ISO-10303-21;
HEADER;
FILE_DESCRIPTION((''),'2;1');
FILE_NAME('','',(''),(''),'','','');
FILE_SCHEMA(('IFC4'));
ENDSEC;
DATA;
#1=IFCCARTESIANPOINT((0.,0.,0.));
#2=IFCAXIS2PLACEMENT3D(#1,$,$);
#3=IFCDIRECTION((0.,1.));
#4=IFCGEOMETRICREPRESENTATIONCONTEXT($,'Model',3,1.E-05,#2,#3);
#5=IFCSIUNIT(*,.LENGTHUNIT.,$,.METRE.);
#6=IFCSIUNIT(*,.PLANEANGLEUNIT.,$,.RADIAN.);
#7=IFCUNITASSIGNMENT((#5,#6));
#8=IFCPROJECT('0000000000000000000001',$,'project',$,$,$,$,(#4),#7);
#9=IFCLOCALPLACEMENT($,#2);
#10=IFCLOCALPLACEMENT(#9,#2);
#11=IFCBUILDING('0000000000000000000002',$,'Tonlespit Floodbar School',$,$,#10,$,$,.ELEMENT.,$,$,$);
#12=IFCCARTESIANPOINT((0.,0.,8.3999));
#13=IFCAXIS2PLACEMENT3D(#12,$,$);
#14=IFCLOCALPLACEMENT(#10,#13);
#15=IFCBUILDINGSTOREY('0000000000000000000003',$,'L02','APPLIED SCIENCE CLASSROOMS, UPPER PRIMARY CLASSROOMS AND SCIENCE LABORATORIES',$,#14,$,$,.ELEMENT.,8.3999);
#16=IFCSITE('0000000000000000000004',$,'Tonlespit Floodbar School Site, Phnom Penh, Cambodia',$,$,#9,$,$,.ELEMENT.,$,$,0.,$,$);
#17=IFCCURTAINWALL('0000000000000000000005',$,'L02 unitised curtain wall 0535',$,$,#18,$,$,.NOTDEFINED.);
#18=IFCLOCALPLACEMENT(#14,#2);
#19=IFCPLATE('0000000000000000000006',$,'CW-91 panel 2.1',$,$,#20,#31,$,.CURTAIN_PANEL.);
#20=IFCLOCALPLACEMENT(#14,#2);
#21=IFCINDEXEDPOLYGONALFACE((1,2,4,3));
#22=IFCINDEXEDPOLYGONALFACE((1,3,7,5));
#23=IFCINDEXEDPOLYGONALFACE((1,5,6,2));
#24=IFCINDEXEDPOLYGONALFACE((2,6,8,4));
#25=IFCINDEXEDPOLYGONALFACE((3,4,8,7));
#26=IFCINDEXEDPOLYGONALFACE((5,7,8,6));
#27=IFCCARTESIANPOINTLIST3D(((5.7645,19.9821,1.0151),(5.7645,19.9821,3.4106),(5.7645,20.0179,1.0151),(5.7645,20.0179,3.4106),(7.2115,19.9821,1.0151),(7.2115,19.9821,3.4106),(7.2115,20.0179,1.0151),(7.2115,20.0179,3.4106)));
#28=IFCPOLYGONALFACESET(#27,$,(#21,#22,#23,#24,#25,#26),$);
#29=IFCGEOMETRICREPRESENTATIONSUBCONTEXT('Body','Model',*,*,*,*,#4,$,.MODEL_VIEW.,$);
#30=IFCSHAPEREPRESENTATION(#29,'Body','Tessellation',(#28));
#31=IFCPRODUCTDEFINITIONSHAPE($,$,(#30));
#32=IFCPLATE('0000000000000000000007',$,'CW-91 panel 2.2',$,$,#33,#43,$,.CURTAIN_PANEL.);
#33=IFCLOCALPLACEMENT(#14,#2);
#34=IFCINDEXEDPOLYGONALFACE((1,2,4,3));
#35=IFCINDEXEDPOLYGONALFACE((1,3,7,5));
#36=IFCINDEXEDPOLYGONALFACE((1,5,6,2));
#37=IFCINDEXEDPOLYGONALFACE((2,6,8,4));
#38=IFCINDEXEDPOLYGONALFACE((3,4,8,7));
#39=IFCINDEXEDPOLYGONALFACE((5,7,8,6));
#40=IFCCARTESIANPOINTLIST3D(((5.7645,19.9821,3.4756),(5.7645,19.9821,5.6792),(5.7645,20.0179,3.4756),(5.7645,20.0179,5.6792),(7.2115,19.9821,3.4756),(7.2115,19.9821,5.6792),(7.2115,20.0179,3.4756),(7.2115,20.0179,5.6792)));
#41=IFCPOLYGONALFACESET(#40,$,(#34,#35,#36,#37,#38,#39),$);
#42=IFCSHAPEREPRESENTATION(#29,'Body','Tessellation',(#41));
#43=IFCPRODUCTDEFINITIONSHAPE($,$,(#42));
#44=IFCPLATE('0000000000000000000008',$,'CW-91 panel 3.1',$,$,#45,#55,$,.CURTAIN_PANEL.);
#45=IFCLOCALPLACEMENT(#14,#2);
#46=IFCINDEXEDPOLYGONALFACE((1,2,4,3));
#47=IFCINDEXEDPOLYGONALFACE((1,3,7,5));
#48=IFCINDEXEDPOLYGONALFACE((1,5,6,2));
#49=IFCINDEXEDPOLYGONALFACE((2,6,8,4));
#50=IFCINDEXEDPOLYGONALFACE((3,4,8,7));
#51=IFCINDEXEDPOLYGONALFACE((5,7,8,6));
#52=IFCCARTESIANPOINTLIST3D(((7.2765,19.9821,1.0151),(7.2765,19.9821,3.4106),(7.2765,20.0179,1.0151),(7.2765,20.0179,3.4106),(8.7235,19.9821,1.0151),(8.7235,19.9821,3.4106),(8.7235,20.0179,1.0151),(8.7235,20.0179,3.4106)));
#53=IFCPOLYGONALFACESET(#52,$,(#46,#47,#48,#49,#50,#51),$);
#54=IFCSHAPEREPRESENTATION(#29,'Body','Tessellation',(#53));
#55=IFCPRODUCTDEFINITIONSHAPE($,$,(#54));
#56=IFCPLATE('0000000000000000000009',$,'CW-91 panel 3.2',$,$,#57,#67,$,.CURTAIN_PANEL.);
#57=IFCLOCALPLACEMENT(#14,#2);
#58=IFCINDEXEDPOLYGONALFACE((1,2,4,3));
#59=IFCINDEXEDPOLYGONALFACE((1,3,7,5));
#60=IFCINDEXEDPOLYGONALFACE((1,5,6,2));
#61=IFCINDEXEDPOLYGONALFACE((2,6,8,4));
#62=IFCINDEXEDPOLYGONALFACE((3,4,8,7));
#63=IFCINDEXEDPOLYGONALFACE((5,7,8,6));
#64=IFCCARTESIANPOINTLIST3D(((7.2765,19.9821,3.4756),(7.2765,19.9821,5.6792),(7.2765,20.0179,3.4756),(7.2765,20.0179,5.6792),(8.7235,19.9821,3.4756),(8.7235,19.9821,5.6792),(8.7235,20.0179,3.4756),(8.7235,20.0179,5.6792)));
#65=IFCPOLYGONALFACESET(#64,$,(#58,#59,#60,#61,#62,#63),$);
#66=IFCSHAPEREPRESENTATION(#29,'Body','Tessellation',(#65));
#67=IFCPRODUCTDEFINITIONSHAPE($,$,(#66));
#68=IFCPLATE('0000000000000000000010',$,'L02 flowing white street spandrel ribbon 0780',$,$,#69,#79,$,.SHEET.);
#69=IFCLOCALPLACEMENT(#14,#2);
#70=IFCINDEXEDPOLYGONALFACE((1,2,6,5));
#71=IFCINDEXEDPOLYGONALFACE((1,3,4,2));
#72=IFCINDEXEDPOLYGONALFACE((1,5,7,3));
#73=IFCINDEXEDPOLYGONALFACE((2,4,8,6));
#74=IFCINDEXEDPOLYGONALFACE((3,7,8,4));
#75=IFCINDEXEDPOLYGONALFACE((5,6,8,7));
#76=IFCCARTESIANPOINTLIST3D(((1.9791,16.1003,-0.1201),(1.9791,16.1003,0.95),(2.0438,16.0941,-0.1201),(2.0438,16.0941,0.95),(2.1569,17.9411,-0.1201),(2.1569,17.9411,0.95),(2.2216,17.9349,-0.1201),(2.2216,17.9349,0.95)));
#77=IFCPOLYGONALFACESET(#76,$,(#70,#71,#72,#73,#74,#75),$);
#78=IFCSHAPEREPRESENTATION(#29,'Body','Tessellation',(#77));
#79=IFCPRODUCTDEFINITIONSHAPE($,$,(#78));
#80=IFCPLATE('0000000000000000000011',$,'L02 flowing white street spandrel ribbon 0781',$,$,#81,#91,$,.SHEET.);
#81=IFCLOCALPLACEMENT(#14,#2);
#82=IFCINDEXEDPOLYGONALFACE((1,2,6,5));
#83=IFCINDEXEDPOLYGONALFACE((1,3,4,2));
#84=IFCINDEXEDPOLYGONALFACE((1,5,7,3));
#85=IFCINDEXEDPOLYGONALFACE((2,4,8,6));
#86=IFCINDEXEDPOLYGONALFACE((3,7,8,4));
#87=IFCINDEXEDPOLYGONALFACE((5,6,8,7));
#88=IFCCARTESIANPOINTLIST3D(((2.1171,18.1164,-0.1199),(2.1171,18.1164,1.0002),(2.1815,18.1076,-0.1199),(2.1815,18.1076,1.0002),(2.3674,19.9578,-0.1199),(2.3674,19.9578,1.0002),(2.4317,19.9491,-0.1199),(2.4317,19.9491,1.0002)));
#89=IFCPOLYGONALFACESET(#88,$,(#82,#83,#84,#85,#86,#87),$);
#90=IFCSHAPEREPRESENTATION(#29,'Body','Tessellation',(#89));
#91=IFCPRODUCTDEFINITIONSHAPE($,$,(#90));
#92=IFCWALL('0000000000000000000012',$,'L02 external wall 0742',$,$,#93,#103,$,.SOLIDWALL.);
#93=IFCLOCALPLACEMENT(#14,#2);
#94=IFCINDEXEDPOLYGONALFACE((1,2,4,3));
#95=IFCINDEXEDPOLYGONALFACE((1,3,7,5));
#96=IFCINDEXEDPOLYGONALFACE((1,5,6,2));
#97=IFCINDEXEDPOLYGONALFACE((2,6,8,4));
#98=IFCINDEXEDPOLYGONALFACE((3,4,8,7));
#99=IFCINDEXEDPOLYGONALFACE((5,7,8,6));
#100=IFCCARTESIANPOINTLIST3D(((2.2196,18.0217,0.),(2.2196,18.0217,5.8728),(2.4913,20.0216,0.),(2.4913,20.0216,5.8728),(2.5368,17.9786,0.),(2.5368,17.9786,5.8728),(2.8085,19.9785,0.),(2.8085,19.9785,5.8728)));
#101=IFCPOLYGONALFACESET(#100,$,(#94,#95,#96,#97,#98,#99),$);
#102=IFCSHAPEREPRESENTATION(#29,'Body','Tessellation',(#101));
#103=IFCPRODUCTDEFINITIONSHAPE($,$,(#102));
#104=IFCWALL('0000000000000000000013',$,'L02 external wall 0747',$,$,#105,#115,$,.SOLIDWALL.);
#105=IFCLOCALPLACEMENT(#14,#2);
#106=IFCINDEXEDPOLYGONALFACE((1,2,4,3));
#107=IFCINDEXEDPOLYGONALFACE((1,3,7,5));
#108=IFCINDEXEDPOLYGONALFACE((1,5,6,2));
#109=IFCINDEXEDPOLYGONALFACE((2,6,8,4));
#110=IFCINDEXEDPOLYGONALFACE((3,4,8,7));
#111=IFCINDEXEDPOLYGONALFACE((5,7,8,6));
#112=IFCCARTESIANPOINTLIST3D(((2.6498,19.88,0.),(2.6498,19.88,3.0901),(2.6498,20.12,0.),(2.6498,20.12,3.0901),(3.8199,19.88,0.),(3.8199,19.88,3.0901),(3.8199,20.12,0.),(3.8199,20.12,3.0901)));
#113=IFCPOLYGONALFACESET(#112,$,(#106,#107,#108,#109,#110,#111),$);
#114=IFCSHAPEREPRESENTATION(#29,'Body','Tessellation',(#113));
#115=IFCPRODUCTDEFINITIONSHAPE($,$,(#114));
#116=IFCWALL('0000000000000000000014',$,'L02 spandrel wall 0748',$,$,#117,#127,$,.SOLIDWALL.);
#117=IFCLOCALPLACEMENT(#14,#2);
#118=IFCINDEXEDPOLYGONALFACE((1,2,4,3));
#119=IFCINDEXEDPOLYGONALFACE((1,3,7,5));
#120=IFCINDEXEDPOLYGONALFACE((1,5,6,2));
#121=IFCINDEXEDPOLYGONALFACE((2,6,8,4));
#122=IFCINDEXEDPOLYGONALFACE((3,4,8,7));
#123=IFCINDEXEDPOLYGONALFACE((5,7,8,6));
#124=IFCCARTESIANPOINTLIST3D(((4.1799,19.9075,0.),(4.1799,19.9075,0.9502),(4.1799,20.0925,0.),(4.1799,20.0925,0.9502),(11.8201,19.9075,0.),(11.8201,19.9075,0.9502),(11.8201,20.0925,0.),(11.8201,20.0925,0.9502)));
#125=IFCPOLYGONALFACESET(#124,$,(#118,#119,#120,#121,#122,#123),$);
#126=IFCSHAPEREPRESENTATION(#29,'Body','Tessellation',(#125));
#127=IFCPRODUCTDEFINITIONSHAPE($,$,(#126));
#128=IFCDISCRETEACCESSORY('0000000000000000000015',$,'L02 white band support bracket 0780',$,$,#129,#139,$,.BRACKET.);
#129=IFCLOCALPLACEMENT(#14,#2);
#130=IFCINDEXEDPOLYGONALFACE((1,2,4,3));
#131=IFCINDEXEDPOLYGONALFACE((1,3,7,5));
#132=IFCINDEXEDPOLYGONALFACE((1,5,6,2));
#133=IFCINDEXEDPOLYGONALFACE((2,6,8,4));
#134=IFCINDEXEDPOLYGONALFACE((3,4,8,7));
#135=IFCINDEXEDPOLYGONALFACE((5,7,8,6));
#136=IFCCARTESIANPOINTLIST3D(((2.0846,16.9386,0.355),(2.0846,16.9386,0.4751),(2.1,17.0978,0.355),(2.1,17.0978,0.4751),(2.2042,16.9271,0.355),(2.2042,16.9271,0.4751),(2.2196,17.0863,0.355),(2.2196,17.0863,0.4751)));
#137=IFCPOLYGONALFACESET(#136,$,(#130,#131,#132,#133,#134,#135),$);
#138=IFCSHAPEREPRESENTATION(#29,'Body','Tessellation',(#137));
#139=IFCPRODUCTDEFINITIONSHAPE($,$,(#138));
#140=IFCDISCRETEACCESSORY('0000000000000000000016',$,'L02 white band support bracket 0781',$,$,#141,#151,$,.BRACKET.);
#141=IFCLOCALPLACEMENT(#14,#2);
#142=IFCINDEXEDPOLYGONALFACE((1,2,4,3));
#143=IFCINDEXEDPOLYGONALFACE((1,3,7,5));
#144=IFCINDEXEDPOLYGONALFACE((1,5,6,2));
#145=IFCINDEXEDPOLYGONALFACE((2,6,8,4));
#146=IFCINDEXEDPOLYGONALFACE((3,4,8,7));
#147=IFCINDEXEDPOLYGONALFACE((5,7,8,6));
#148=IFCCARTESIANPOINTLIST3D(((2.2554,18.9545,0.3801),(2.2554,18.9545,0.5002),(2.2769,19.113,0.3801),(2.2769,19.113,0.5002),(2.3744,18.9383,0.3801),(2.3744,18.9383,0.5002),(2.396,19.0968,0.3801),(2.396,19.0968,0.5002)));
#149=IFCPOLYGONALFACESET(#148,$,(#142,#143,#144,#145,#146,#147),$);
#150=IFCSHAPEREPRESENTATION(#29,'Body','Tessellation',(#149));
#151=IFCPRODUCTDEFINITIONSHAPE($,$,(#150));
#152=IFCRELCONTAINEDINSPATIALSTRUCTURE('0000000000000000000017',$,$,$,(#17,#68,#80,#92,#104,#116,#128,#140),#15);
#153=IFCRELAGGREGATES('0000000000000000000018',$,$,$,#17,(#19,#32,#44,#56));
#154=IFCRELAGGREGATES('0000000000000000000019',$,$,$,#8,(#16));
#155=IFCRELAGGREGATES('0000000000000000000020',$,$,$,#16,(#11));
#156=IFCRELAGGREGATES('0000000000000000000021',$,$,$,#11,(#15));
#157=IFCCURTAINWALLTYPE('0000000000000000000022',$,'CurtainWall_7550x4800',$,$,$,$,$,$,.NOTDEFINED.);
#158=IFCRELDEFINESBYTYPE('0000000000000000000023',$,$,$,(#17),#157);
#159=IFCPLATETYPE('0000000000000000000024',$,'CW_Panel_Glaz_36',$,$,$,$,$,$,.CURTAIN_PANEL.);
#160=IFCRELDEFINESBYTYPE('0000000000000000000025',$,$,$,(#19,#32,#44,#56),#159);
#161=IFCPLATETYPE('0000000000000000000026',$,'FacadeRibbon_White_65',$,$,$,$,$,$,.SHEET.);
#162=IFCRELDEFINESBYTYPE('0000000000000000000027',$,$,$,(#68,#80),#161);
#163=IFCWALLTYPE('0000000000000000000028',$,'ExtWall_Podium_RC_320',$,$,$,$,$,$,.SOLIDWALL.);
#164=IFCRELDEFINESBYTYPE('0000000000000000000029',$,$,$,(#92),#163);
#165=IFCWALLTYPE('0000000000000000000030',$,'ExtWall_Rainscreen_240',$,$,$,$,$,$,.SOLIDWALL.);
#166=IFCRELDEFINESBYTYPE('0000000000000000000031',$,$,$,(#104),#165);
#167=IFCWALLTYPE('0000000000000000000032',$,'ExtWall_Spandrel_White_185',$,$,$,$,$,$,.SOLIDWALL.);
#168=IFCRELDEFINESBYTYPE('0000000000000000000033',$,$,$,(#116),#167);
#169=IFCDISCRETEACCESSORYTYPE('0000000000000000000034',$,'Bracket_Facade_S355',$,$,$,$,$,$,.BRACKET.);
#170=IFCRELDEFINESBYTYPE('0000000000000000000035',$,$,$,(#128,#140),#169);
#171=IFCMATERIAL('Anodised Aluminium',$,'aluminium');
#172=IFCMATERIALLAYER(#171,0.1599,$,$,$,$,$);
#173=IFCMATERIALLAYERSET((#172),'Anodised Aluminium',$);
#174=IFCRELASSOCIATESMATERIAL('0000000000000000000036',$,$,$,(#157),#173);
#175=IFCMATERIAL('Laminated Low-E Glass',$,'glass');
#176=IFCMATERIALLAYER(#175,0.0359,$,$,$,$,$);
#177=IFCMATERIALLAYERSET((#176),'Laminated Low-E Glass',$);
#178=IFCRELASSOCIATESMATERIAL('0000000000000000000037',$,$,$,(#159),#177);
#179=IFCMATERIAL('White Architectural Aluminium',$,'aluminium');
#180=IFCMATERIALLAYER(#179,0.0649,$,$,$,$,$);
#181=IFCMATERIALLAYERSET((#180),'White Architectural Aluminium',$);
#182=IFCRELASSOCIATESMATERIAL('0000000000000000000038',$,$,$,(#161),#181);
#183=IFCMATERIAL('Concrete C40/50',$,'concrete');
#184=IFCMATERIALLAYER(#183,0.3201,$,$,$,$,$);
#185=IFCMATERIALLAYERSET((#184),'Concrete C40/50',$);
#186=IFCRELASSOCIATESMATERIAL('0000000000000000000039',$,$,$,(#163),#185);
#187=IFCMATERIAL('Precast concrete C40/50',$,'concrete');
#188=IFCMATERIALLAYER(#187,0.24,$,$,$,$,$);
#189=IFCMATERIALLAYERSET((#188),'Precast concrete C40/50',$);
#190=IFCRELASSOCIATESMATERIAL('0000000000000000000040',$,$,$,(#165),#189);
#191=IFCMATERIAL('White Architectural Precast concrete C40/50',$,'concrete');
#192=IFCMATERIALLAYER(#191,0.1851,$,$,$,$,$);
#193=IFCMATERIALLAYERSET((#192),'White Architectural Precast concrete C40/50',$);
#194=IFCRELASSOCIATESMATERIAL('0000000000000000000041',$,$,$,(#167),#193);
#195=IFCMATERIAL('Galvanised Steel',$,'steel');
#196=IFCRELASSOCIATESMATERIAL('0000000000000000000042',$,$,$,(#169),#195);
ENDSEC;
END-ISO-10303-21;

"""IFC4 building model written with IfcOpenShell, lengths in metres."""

from ifc_helpers import new_model, si_unit, direction, frame, frame_2d, origin, origin_2d, place, context, subcontext, project, spatial, rectangle, extrude, material, layer, layer_set, type_object, element, aggregate, save


model = new_model("IFC4")

# Units and contexts
model_context = context("Model", 3, precision=1e-05, world=origin(), true_north=direction((0.0, 1.0)))
body_context = subcontext(model_context, "Body", "Model", "MODEL_VIEW")
ifc_project = project(units=[si_unit("LENGTHUNIT", "METRE"), si_unit("PLANEANGLEUNIT", "RADIAN")], contexts=[model_context])

# Site, building, storey
site_placement = place(None, origin())
site = spatial("IfcSite", under=ifc_project, at=site_placement, Name="Tonlespit Floodbar School Site, Phnom Penh, Cambodia", CompositionType="ELEMENT", RefElevation=0.0)
building_placement = place(site_placement, origin())
building = spatial("IfcBuilding", under=site, at=building_placement, Name="Tonlespit Floodbar School", CompositionType="ELEMENT")
storey_placement = place(building_placement, frame((0.0, 0.0, 8.3999)))
storey = spatial("IfcBuildingStorey", under=building, at=storey_placement, Name="L02", Description="APPLIED SCIENCE CLASSROOMS, UPPER PRIMARY CLASSROOMS AND SCIENCE LABORATORIES", CompositionType="ELEMENT", Elevation=8.3999)

# Curtain wall
ifc_material_1 = material(Name="Anodised Aluminium", Category="aluminium")
ifc_layer_1 = layer(ifc_material_1, 0.1599)
ifc_layer_set_1 = layer_set([ifc_layer_1], Name="Anodised Aluminium")
curtain_wall_type_1 = type_object("IfcCurtainWallType", Name="CurtainWall_7550x4800", PredefinedType="NOTDEFINED", material=ifc_layer_set_1)
curtain_wall_1_placement = place(storey_placement, origin())
curtain_wall_1 = element("IfcCurtainWall", 1, at=curtain_wall_1_placement, inside=storey, type_object=curtain_wall_type_1, Name="L02 unitised curtain wall 0535", PredefinedType="NOTDEFINED")

# Plates
ifc_material_2 = material(Name="Laminated Low-E Glass", Category="glass")
ifc_layer_2 = layer(ifc_material_2, 0.0359)
ifc_layer_set_2 = layer_set([ifc_layer_2], Name="Laminated Low-E Glass")
plate_type_1 = type_object("IfcPlateType", Name="CW_Panel_Glaz_36", PredefinedType="CURTAIN_PANEL", material=ifc_layer_set_2)
plate_1_placement = place(storey_placement, frame((6.488, 20.0, 1.0151), z_axis=(0.0, 0.0, 1.0), x_axis=(1.0, 0.0, 0.0)))
plate_1 = element("IfcPlate", 2, at=plate_1_placement, type_object=plate_type_1, Name="CW-91 panel 2.1", PredefinedType="CURTAIN_PANEL", context=body_context, shape_type="SweptSolid", body=[
    extrude(rectangle(XDim=1.447, YDim=0.0359, at=origin_2d()), origin(), (0.0, 0.0, 1.0), 2.3955),
])
plate_2_placement = place(storey_placement, frame((6.488, 20.0, 3.4756), z_axis=(0.0, 0.0, 1.0), x_axis=(1.0, 0.0, 0.0)))
plate_2 = element("IfcPlate", 3, at=plate_2_placement, type_object=plate_type_1, Name="CW-91 panel 2.2", PredefinedType="CURTAIN_PANEL", context=body_context, shape_type="SweptSolid", body=[
    extrude(rectangle(XDim=1.447, YDim=0.0359, at=origin_2d()), origin(), (0.0, 0.0, 1.0), 2.2036),
])
plate_3_placement = place(storey_placement, frame((8.0, 20.0, 1.0151), z_axis=(0.0, 0.0, 1.0), x_axis=(1.0, 0.0, 0.0)))
plate_3 = element("IfcPlate", 4, at=plate_3_placement, type_object=plate_type_1, Name="CW-91 panel 3.1", PredefinedType="CURTAIN_PANEL", context=body_context, shape_type="SweptSolid", body=[
    extrude(rectangle(XDim=1.447, YDim=0.0359, at=origin_2d()), origin(), (0.0, 0.0, 1.0), 2.3955),
])
plate_4_placement = place(storey_placement, frame((8.0, 20.0, 3.4756), z_axis=(0.0, 0.0, 1.0), x_axis=(1.0, 0.0, 0.0)))
plate_4 = element("IfcPlate", 5, at=plate_4_placement, type_object=plate_type_1, Name="CW-91 panel 3.2", PredefinedType="CURTAIN_PANEL", context=body_context, shape_type="SweptSolid", body=[
    extrude(rectangle(XDim=1.447, YDim=0.0359, at=origin_2d()), origin(), (0.0, 0.0, 1.0), 2.2036),
])
aggregate(curtain_wall_1, [plate_1, plate_2, plate_3, plate_4])

# Plates
ifc_material_3 = material(Name="White Architectural Aluminium", Category="aluminium")
ifc_layer_3 = layer(ifc_material_3, 0.0649)
ifc_layer_set_3 = layer_set([ifc_layer_3], Name="White Architectural Aluminium")
plate_type_2 = type_object("IfcPlateType", Name="FacadeRibbon_White_65", PredefinedType="SHEET", material=ifc_layer_set_3)
plate_5_placement = place(storey_placement, frame((2.1003, 17.0176, -0.1201), z_axis=(0.0, 0.0, 1.0), x_axis=(0.096153, 0.995367, 0.0)))
element("IfcPlate", 6, at=plate_5_placement, inside=storey, type_object=plate_type_2, Name="L02 flowing white street spandrel ribbon 0780", PredefinedType="SHEET", context=body_context, shape_type="SweptSolid", body=[
    extrude(rectangle(XDim=1.8494, YDim=0.0649, at=origin_2d()), origin(), (0.0, 0.0, 1.0), 1.0701),
])
plate_6_placement = place(storey_placement, frame((2.2744, 19.0327, -0.1199), z_axis=(0.0, 0.0, 1.0), x_axis=(0.134662, 0.990892, 0.0)))
element("IfcPlate", 7, at=plate_6_placement, inside=storey, type_object=plate_type_2, Name="L02 flowing white street spandrel ribbon 0781", PredefinedType="SHEET", context=body_context, shape_type="SweptSolid", body=[
    extrude(rectangle(XDim=1.8584, YDim=0.0649, at=origin_2d()), origin(), (0.0, 0.0, 1.0), 1.1201),
])

# Walls
ifc_material_4 = material(Name="Concrete C40/50", Category="concrete")
ifc_layer_4 = layer(ifc_material_4, 0.3201)
ifc_layer_set_4 = layer_set([ifc_layer_4], Name="Concrete C40/50")
wall_type_1 = type_object("IfcWallType", Name="ExtWall_Podium_RC_320", PredefinedType="SOLIDWALL", material=ifc_layer_set_4)
wall_1_placement = place(storey_placement, frame((2.3782, 18.0, 0.0), z_axis=(0.0, 0.0, 1.0), x_axis=(0.134627, 0.990896, 0.0)))
element("IfcWall", 8, at=wall_1_placement, inside=storey, type_object=wall_type_1, Name="L02 external wall 0742", PredefinedType="SOLIDWALL", context=body_context, shape_type="SweptSolid", body=[
    extrude(rectangle(XDim=2.0183, YDim=0.3201, at=frame_2d((1.0093, 0.0))), origin(), (0.0, 0.0, 1.0), 5.8728),
])
ifc_material_5 = material(Name="Precast concrete C40/50", Category="concrete")
ifc_layer_5 = layer(ifc_material_5, 0.24)
ifc_layer_set_5 = layer_set([ifc_layer_5], Name="Precast concrete C40/50")
wall_type_2 = type_object("IfcWallType", Name="ExtWall_Rainscreen_240", PredefinedType="SOLIDWALL", material=ifc_layer_set_5)
wall_2_placement = place(storey_placement, frame((2.6499, 20.0, 0.0), z_axis=(0.0, 0.0, 1.0), x_axis=(1.0, 0.0, 0.0)))
element("IfcWall", 9, at=wall_2_placement, inside=storey, type_object=wall_type_2, Name="L02 external wall 0747", PredefinedType="SOLIDWALL", context=body_context, shape_type="SweptSolid", body=[
    extrude(rectangle(XDim=1.1702, YDim=0.24, at=frame_2d((0.585, 0.0))), origin(), (0.0, 0.0, 1.0), 3.0901),
])
ifc_material_6 = material(Name="White Architectural Precast concrete C40/50", Category="concrete")
ifc_layer_6 = layer(ifc_material_6, 0.1851)
ifc_layer_set_6 = layer_set([ifc_layer_6], Name="White Architectural Precast concrete C40/50")
wall_type_3 = type_object("IfcWallType", Name="ExtWall_Spandrel_White_185", PredefinedType="SOLIDWALL", material=ifc_layer_set_6)
wall_3_placement = place(storey_placement, frame((4.1799, 20.0, 0.0), z_axis=(0.0, 0.0, 1.0), x_axis=(1.0, 0.0, 0.0)))
element("IfcWall", 10, at=wall_3_placement, inside=storey, type_object=wall_type_3, Name="L02 spandrel wall 0748", PredefinedType="SOLIDWALL", context=body_context, shape_type="SweptSolid", body=[
    extrude(rectangle(XDim=7.6401, YDim=0.1851, at=frame_2d((3.8201, 0.0))), origin(), (0.0, 0.0, 1.0), 0.9502),
])

# Discrete accessories
ifc_material_7 = material(Name="Galvanised Steel", Category="steel")
discrete_accessory_type = type_object("IfcDiscreteAccessoryType", Name="Bracket_Facade_S355", PredefinedType="BRACKET", material=ifc_material_7)
for number, where, z_axis, x_axis, name in (
    (11, (2.1521, 17.0125, 0.355), (0.0, 0.0, 1.0), (0.096153, 0.995367, 0.0), "L02 white band support bracket 0780"),
    (12, (2.3257, 19.0256, 0.3801), (0.0, 0.0, 1.0), (0.134662, 0.990892, 0.0), "L02 white band support bracket 0781"),
):
    element("IfcDiscreteAccessory", number, at=place(storey_placement, frame(where, z_axis=z_axis, x_axis=x_axis)), inside=storey, type_object=discrete_accessory_type, Name=name, PredefinedType="BRACKET", context=body_context, shape_type="SweptSolid", body=[
        extrude(rectangle(XDim=0.1599, YDim=0.1201, at=origin_2d()), origin(), (0.0, 0.0, 1.0), 0.1201),
    ])

save(model, "model.ifc")
